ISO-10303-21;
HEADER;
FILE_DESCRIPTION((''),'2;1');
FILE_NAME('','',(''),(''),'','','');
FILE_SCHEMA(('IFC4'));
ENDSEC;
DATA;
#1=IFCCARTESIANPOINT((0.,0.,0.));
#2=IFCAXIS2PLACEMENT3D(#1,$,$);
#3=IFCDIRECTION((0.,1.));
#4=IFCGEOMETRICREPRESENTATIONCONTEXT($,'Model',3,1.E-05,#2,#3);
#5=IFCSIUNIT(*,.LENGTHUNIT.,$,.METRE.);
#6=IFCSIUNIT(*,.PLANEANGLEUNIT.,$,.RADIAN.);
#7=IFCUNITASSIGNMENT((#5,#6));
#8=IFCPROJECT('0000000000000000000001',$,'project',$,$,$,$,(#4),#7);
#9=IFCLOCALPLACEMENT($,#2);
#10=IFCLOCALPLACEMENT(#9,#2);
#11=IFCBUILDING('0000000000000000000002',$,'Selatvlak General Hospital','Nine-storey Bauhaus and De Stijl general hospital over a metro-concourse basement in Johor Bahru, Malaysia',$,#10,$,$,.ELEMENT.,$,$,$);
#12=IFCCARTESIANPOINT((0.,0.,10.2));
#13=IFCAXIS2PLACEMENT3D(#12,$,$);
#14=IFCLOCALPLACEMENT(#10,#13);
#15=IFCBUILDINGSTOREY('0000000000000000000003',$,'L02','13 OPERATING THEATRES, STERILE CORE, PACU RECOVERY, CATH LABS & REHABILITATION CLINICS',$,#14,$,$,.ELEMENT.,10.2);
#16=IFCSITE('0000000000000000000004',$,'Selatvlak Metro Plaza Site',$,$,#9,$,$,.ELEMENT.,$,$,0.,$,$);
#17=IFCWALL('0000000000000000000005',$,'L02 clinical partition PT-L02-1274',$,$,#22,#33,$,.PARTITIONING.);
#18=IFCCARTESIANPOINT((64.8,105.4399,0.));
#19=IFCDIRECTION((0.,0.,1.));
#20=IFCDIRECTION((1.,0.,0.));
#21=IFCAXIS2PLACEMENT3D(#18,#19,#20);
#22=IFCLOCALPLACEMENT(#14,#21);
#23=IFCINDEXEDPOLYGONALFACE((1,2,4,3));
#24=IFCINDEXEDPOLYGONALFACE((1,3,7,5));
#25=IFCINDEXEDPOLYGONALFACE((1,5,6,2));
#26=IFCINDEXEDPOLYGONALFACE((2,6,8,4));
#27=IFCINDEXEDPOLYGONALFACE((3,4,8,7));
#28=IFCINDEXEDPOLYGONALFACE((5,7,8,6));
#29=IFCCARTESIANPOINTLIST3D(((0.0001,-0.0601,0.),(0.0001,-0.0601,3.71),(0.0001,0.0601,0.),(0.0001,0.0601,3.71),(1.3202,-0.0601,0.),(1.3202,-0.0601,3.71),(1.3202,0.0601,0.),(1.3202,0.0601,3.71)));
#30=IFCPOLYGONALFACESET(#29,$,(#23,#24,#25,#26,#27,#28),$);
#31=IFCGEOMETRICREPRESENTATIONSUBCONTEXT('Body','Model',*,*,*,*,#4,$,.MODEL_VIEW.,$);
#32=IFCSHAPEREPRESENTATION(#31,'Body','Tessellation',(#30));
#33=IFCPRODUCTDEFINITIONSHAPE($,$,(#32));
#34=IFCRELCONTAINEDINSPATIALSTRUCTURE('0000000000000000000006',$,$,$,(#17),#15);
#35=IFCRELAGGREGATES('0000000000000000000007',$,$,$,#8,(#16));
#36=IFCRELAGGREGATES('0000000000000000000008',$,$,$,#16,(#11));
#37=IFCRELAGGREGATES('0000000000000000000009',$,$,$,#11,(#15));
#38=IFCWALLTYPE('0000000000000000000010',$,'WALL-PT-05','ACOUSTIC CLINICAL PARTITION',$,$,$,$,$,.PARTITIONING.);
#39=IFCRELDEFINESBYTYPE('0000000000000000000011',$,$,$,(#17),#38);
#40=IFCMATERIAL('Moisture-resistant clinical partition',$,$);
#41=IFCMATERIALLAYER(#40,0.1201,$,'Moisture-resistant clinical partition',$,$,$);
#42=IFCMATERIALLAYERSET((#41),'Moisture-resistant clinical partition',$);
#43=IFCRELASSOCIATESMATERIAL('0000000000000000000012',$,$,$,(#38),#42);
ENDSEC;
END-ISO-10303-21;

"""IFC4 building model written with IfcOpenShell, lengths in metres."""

from ifc_helpers import new_model, si_unit, direction, frame, frame_2d, origin, place, context, subcontext, project, spatial, rectangle, extrude, material, layer, layer_set, type_object, element, save


model = new_model("IFC4")

# Units and contexts
model_context = context("Model", 3, precision=1e-05, world=origin(), true_north=direction((0.0, 1.0)))
body_context = subcontext(model_context, "Body", "Model", "MODEL_VIEW")
ifc_project = project(units=[si_unit("LENGTHUNIT", "METRE"), si_unit("PLANEANGLEUNIT", "RADIAN")], contexts=[model_context])

# Site, building, storey
site_placement = place(None, origin())
site = spatial("IfcSite", under=ifc_project, at=site_placement, Name="Selatvlak Metro Plaza Site", CompositionType="ELEMENT", RefElevation=0.0)
building_placement = place(site_placement, origin())
building = spatial("IfcBuilding", under=site, at=building_placement, Name="Selatvlak General Hospital", Description="Nine-storey Bauhaus and De Stijl general hospital over a metro-concourse basement in Johor Bahru, Malaysia", CompositionType="ELEMENT")
storey_placement = place(building_placement, frame((0.0, 0.0, 10.2)))
storey = spatial("IfcBuildingStorey", under=building, at=storey_placement, Name="L02", Description="13 OPERATING THEATRES, STERILE CORE, PACU RECOVERY, CATH LABS & REHABILITATION CLINICS", CompositionType="ELEMENT", Elevation=10.2)

# Shared definitions
ifc_material_1 = material(Name="Moisture-resistant clinical partition")
ifc_layer_1 = layer(ifc_material_1, 0.1201, Name="Moisture-resistant clinical partition")
ifc_layer_set_1 = layer_set([ifc_layer_1], Name="Moisture-resistant clinical partition")
wall_type_1 = type_object("IfcWallType", Name="WALL-PT-05", Description="ACOUSTIC CLINICAL PARTITION", PredefinedType="PARTITIONING", material=ifc_layer_set_1)

# Wall
wall_1_placement = place(storey_placement, frame((64.8, 105.4399, 0.0), z_axis=(0.0, 0.0, 1.0), x_axis=(1.0, 0.0, 0.0)))
element("IfcWall", 1, at=wall_1_placement, inside=storey, type_object=wall_type_1, Name="L02 clinical partition PT-L02-1274", PredefinedType="PARTITIONING", context=body_context, shape_type="SweptSolid", body=[
    extrude(rectangle(XDim=1.3201, YDim=0.1201, at=frame_2d((0.6602, 0.0))), origin(), (0.0, 0.0, 1.0), 3.71),
])

save(model, "model.ifc")
